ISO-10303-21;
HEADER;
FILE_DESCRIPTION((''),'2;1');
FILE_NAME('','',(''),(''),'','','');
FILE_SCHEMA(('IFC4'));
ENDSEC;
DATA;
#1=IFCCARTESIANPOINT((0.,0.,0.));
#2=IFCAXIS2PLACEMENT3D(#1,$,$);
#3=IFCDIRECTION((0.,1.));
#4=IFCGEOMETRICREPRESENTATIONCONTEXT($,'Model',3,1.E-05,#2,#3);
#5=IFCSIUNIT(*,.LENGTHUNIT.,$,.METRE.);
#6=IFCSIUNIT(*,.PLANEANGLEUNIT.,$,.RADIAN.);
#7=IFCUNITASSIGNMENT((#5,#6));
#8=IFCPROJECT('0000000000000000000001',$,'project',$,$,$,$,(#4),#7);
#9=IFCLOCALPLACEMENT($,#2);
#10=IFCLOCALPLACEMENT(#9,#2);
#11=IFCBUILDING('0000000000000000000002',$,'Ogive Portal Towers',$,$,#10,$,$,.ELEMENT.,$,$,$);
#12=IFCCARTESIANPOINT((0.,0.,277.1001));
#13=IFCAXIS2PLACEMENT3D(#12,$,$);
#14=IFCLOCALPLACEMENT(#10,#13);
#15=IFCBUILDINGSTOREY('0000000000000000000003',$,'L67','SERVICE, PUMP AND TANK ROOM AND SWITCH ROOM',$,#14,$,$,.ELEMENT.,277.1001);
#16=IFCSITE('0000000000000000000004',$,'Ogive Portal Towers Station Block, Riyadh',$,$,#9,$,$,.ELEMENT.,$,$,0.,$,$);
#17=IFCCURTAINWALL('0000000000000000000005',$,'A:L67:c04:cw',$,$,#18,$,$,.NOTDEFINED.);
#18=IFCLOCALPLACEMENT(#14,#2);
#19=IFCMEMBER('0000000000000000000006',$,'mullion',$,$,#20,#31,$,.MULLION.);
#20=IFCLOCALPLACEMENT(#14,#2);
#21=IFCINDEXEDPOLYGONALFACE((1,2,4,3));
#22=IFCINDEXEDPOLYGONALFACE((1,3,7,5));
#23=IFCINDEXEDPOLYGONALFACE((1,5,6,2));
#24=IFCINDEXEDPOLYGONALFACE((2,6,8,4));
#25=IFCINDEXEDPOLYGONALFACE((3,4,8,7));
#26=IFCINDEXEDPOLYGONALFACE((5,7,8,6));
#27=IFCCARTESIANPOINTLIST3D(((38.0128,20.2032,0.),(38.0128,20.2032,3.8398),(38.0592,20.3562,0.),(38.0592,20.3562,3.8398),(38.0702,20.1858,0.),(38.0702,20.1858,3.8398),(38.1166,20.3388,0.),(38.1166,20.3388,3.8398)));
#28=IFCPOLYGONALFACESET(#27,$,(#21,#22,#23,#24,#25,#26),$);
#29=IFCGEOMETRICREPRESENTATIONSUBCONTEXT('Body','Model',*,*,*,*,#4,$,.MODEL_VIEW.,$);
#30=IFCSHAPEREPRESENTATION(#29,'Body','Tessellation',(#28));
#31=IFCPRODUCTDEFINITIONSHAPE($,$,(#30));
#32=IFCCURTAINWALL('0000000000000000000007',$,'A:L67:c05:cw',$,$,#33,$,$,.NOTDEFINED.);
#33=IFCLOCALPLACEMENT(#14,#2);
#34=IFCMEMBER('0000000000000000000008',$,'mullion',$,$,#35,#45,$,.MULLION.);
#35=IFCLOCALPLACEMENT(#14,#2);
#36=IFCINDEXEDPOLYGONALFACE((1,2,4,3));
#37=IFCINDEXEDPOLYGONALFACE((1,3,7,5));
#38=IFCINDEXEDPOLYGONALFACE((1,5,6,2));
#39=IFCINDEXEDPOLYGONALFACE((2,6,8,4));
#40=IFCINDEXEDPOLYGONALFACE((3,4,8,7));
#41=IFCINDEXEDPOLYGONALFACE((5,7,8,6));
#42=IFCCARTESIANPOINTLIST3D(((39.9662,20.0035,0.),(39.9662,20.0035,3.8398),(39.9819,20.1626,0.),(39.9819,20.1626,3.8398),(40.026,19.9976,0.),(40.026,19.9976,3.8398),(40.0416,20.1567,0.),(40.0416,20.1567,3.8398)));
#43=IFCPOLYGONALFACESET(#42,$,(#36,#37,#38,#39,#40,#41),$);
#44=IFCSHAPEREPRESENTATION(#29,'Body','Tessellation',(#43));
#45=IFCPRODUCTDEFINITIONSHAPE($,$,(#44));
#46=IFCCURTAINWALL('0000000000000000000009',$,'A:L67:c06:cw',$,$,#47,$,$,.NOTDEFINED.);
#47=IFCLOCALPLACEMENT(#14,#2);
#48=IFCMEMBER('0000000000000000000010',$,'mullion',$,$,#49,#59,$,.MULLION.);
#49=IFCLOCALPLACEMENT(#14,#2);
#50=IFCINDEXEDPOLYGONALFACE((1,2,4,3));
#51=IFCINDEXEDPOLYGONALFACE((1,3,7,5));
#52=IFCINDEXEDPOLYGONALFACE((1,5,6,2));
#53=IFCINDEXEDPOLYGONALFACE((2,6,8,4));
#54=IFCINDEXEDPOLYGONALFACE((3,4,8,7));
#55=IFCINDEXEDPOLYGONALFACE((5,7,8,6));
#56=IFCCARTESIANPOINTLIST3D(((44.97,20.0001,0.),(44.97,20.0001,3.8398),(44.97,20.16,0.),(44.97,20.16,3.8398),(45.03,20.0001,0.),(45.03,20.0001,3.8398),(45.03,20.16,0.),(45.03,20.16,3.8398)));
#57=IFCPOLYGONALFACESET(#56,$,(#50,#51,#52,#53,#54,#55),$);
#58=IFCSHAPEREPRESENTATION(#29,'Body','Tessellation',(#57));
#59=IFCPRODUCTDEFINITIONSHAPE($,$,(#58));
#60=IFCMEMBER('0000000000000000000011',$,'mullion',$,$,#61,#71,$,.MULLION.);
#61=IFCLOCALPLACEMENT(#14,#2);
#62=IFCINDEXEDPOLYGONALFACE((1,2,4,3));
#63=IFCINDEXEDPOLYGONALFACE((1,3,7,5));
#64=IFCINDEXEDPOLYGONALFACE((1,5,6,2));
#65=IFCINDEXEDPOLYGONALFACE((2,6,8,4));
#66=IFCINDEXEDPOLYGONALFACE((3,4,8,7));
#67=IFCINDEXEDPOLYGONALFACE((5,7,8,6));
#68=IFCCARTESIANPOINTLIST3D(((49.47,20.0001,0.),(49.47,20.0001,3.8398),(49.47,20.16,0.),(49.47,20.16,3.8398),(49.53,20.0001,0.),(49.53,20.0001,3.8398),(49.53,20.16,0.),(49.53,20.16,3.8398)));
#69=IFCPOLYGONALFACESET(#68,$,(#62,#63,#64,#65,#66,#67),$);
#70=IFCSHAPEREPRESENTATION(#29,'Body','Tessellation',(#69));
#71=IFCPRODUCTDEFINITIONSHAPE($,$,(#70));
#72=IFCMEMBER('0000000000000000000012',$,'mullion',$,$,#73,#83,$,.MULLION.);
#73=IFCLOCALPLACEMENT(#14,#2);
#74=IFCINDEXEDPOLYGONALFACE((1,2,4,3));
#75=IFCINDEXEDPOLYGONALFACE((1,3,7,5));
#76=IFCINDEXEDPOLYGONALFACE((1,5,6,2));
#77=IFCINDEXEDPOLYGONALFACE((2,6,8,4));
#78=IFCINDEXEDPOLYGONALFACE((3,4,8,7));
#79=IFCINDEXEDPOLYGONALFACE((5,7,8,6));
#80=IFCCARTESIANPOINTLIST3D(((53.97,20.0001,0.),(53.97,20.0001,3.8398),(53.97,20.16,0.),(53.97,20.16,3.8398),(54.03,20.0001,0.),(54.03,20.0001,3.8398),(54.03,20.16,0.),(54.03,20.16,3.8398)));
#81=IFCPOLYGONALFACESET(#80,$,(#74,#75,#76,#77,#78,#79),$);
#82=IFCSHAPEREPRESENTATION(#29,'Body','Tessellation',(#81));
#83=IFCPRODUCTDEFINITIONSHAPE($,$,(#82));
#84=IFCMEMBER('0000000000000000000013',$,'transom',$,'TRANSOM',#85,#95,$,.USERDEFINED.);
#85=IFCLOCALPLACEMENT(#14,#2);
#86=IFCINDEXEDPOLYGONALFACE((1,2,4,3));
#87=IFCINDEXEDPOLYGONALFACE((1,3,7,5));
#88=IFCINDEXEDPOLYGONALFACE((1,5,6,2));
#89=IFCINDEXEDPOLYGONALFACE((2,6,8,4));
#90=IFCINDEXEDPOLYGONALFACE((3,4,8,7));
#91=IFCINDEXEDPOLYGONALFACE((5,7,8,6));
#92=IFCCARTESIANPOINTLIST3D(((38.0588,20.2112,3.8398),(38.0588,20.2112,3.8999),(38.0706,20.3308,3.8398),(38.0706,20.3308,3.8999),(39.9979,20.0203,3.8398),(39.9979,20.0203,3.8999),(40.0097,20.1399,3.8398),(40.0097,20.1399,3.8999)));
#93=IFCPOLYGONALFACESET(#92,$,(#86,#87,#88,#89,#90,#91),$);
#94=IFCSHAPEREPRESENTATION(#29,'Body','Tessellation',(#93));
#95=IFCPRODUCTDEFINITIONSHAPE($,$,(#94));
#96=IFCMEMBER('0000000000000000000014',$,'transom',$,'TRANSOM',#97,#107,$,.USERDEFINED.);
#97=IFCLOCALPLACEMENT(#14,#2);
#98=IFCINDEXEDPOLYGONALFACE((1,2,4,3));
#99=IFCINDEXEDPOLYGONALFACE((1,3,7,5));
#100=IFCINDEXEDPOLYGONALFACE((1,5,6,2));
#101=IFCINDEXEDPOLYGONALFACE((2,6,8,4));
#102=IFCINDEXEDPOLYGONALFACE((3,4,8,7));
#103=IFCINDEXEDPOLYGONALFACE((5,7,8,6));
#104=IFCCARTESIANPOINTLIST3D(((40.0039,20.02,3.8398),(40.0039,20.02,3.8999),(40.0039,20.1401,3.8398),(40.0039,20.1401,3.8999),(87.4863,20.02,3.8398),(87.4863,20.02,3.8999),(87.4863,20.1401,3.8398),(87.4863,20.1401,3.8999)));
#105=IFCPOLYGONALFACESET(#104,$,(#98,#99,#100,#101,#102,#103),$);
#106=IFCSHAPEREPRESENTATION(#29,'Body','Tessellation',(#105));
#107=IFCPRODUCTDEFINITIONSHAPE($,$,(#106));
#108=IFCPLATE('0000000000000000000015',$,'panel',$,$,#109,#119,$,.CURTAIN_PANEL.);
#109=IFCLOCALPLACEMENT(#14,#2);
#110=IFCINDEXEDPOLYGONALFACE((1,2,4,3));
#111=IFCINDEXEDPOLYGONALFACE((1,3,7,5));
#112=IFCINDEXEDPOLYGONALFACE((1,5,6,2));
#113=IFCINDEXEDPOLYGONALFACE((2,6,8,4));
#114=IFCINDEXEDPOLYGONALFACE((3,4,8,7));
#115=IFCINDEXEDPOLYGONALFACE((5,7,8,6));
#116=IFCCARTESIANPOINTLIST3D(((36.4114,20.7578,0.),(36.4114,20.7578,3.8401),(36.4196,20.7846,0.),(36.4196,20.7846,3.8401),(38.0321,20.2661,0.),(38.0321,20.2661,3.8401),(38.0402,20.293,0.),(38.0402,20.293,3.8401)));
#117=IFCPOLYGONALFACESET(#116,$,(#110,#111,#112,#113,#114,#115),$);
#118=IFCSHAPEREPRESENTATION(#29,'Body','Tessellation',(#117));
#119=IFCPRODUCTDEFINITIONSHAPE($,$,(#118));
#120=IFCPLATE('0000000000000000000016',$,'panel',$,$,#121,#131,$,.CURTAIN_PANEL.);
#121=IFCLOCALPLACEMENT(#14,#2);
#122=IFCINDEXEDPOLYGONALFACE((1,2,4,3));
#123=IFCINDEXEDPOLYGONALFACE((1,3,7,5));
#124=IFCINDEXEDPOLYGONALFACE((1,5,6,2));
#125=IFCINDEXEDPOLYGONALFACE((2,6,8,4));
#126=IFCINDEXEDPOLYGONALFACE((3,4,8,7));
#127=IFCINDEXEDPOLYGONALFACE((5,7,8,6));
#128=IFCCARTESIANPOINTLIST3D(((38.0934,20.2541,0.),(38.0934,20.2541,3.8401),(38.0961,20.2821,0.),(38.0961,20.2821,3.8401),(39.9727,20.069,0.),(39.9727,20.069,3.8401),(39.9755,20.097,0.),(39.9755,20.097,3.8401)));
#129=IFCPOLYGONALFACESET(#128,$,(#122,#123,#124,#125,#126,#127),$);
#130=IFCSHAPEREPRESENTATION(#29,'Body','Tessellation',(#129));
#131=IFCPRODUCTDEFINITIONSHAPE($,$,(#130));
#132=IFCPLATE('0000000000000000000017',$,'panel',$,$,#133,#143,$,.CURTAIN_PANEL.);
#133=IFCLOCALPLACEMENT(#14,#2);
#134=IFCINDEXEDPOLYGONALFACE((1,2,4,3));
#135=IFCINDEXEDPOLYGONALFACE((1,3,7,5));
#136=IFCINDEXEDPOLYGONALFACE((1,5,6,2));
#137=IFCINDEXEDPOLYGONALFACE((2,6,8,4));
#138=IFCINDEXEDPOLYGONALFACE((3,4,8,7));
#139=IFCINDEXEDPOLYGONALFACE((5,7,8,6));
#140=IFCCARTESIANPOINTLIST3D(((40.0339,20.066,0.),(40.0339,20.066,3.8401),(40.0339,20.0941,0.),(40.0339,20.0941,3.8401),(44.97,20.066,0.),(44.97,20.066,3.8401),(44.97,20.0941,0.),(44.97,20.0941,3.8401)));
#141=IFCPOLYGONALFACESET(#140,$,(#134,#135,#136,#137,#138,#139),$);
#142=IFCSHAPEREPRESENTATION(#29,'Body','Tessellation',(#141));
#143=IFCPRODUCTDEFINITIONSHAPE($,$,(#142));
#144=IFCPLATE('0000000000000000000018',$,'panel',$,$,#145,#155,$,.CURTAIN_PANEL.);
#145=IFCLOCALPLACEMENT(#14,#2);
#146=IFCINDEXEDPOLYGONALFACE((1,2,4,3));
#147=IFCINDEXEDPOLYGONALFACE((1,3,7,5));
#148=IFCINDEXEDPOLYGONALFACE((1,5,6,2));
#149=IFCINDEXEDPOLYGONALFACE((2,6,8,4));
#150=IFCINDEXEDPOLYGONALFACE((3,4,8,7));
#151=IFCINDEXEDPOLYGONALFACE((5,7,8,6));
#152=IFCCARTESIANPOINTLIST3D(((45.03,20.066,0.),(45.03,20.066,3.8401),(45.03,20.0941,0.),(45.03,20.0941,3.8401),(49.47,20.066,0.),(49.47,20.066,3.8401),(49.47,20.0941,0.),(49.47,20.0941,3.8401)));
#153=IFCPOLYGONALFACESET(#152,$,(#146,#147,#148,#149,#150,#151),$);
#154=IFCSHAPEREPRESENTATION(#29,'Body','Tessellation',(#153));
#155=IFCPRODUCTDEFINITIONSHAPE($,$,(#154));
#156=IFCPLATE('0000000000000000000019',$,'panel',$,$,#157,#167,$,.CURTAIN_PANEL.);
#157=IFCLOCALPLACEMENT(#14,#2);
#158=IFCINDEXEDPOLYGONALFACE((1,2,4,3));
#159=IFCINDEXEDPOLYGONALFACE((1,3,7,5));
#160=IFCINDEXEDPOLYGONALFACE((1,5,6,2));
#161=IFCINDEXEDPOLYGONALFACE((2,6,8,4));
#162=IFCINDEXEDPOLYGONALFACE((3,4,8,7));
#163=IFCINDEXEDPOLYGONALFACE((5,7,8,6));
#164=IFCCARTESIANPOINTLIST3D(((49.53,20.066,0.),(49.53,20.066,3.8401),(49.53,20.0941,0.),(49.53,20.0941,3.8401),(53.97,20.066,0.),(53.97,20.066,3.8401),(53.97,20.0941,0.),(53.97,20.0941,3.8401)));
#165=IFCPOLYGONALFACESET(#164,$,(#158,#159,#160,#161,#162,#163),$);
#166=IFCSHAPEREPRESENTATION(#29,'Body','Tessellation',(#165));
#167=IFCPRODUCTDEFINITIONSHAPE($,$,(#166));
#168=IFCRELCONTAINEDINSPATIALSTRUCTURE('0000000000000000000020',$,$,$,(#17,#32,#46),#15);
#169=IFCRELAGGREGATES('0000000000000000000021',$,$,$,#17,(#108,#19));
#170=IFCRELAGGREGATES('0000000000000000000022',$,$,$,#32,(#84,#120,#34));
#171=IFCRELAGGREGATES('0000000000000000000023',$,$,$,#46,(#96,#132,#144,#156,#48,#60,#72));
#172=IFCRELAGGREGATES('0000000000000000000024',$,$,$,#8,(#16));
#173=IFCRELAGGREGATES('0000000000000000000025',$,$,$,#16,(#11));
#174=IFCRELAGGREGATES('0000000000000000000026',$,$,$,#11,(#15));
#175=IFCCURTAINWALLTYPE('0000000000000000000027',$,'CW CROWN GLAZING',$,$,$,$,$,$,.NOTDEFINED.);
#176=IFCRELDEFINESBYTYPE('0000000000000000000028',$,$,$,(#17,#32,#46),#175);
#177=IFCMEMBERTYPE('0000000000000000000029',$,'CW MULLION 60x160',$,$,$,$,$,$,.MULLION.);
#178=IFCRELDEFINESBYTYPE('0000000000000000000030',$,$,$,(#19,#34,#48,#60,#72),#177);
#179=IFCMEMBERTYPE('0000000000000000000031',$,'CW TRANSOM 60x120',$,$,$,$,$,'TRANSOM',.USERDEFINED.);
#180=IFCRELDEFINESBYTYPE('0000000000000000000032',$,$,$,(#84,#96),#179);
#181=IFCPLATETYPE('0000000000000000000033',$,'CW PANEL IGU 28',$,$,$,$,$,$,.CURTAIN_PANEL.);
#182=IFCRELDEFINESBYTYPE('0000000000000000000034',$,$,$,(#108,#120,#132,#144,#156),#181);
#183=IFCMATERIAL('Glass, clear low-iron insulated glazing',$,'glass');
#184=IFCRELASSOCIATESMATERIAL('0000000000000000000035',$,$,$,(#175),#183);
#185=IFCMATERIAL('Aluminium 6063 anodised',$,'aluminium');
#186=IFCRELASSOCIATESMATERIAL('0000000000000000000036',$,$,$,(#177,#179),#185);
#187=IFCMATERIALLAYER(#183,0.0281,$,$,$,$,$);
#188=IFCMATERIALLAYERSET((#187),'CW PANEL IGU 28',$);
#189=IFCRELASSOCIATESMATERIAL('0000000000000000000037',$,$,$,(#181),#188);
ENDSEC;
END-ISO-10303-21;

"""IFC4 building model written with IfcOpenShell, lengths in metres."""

from ifc_helpers import new_model, si_unit, direction, frame, origin, origin_2d, place, context, subcontext, project, spatial, rectangle, extrude, material, layer, layer_set, material_profile, profile_set, type_object, element, aggregate, save


model = new_model("IFC4")

# Units and contexts
model_context = context("Model", 3, precision=1e-05, world=origin(), true_north=direction((0.0, 1.0)))
body_context = subcontext(model_context, "Body", "Model", "MODEL_VIEW")
ifc_project = project(units=[si_unit("LENGTHUNIT", "METRE"), si_unit("PLANEANGLEUNIT", "RADIAN")], contexts=[model_context])

# Site, building, storey
site_placement = place(None, origin())
site = spatial("IfcSite", under=ifc_project, at=site_placement, Name="Ogive Portal Towers Station Block, Riyadh", CompositionType="ELEMENT", RefElevation=0.0)
building_placement = place(site_placement, origin())
building = spatial("IfcBuilding", under=site, at=building_placement, Name="Ogive Portal Towers", CompositionType="ELEMENT")
storey_placement = place(building_placement, frame((0.0, 0.0, 277.1001)))
storey = spatial("IfcBuildingStorey", under=building, at=storey_placement, Name="L67", Description="SERVICE, PUMP AND TANK ROOM AND SWITCH ROOM", CompositionType="ELEMENT", Elevation=277.1001)

# Curtain walls, members
ifc_material_1 = material(Name="Glass, clear low-iron insulated glazing", Category="glass")
curtain_wall_type = type_object("IfcCurtainWallType", Name="CW CROWN GLAZING", PredefinedType="NOTDEFINED", material=ifc_material_1)
curtain_wall_1_placement = place(storey_placement, origin())
curtain_wall_1 = element("IfcCurtainWall", 1, at=curtain_wall_1_placement, inside=storey, type_object=curtain_wall_type, Name="A:L67:c04:cw", PredefinedType="NOTDEFINED")
ifc_material_2 = material(Name="Aluminium 6063 anodised", Category="aluminium")
ifc_material_profile_1 = material_profile(ifc_material_2, rectangle(XDim=0.1599, YDim=0.0601, at=origin_2d()), Name="AL 60x160")
ifc_profile_set_1 = profile_set([ifc_material_profile_1], Name="Aluminium 6063 anodised")
member_type_1 = type_object("IfcMemberType", Name="CW MULLION 60x160", PredefinedType="MULLION", material=ifc_profile_set_1)
member_1_placement = place(storey_placement, frame((38.0647, 20.271, 0.0), z_axis=(0.0, 0.0, 1.0), x_axis=(0.290285, 0.95694, 0.0)))
member_1 = element("IfcMember", 2, at=member_1_placement, type_object=member_type_1, Name="mullion", PredefinedType="MULLION", context=body_context, shape_type="SweptSolid", body=[
    extrude(rectangle(XDim=0.1599, YDim=0.0601, at=origin_2d()), origin(), (0.0, 0.0, 1.0), 3.8398),
])
curtain_wall_2_placement = place(storey_placement, origin())
curtain_wall_2 = element("IfcCurtainWall", 3, at=curtain_wall_2_placement, inside=storey, type_object=curtain_wall_type, Name="A:L67:c05:cw", PredefinedType="NOTDEFINED")
member_2_placement = place(storey_placement, frame((40.0039, 20.0801, 0.0), z_axis=(0.0, 0.0, 1.0), x_axis=(0.098017, 0.995185, 0.0)))
member_2 = element("IfcMember", 4, at=member_2_placement, type_object=member_type_1, Name="mullion", PredefinedType="MULLION", context=body_context, shape_type="SweptSolid", body=[
    extrude(rectangle(XDim=0.1599, YDim=0.0601, at=origin_2d()), origin(), (0.0, 0.0, 1.0), 3.8398),
])

# Curtain wall, members
curtain_wall_3_placement = place(storey_placement, origin())
curtain_wall_3 = element("IfcCurtainWall", 5, at=curtain_wall_3_placement, inside=storey, type_object=curtain_wall_type, Name="A:L67:c06:cw", PredefinedType="NOTDEFINED")
member_3_placement = place(storey_placement, frame((45.0, 20.0801, 0.0), z_axis=(0.0, 0.0, 1.0), x_axis=(0.0, 1.0, 0.0)))
member_3 = element("IfcMember", 6, at=member_3_placement, type_object=member_type_1, Name="mullion", PredefinedType="MULLION", context=body_context, shape_type="SweptSolid", body=[
    extrude(rectangle(XDim=0.1599, YDim=0.0601, at=origin_2d()), origin(), (0.0, 0.0, 1.0), 3.8398),
])
member_4_placement = place(storey_placement, frame((49.5, 20.0801, 0.0), z_axis=(0.0, 0.0, 1.0), x_axis=(0.0, 1.0, 0.0)))
member_4 = element("IfcMember", 7, at=member_4_placement, type_object=member_type_1, Name="mullion", PredefinedType="MULLION", context=body_context, shape_type="SweptSolid", body=[
    extrude(rectangle(XDim=0.1599, YDim=0.0601, at=origin_2d()), origin(), (0.0, 0.0, 1.0), 3.8398),
])
member_5_placement = place(storey_placement, frame((54.0, 20.0801, 0.0), z_axis=(0.0, 0.0, 1.0), x_axis=(0.0, 1.0, 0.0)))
member_5 = element("IfcMember", 8, at=member_5_placement, type_object=member_type_1, Name="mullion", PredefinedType="MULLION", context=body_context, shape_type="SweptSolid", body=[
    extrude(rectangle(XDim=0.1599, YDim=0.0601, at=origin_2d()), origin(), (0.0, 0.0, 1.0), 3.8398),
])

# Members
ifc_material_profile_2 = material_profile(ifc_material_2, rectangle(XDim=0.1201, YDim=0.0601, at=origin_2d()), Name="AL 120x60")
ifc_profile_set_2 = profile_set([ifc_material_profile_2], Name="Aluminium 6063 anodised")
member_type_2 = type_object("IfcMemberType", Name="CW TRANSOM 60x120", ElementType="TRANSOM", PredefinedType="USERDEFINED", material=ifc_profile_set_2)
member_6_placement = place(storey_placement, frame((38.0647, 20.271, 3.8699), z_axis=(0.995189, -0.097978, 0.0), x_axis=(0.097978, 0.995189, 0.0)))
member_6 = element("IfcMember", 9, at=member_6_placement, type_object=member_type_2, Name="transom", ObjectType="TRANSOM", PredefinedType="USERDEFINED", context=body_context, shape_type="SweptSolid", body=[
    extrude(rectangle(XDim=0.1201, YDim=0.0601, at=origin_2d()), origin(), (0.0, 0.0, 1.0), 1.9485),
])
member_7_placement = place(storey_placement, frame((40.0039, 20.0801, 3.8699), z_axis=(1.0, 0.0, 0.0), x_axis=(0.0, 1.0, 0.0)))
member_7 = element("IfcMember", 10, at=member_7_placement, type_object=member_type_2, Name="transom", ObjectType="TRANSOM", PredefinedType="USERDEFINED", context=body_context, shape_type="SweptSolid", body=[
    extrude(rectangle(XDim=0.1201, YDim=0.0601, at=origin_2d()), origin(), (0.0, 0.0, 1.0), 47.4824),
])

# Plates
ifc_layer_1 = layer(ifc_material_1, 0.0281)
ifc_layer_set_1 = layer_set([ifc_layer_1], Name="CW PANEL IGU 28")
plate_type = type_object("IfcPlateType", Name="CW PANEL IGU 28", PredefinedType="CURTAIN_PANEL", material=ifc_layer_set_1)
plate_1_placement = place(storey_placement, frame((37.2258, 20.5254, 0.0), z_axis=(0.0, 0.0, 1.0), x_axis=(0.95694, -0.290285, 0.0)))
plate_1 = element("IfcPlate", 11, at=plate_1_placement, type_object=plate_type, Name="panel", PredefinedType="CURTAIN_PANEL", context=body_context, shape_type="SweptSolid", body=[
    extrude(rectangle(XDim=1.6936, YDim=0.0281, at=origin_2d()), origin(), (0.0, 0.0, 1.0), 3.8401),
])
aggregate(curtain_wall_1, [plate_1, member_1])
plate_2_placement = place(storey_placement, frame((39.0344, 20.1755, 0.0), z_axis=(0.0, 0.0, 1.0), x_axis=(0.995185, -0.098017, 0.0)))
plate_2 = element("IfcPlate", 12, at=plate_2_placement, type_object=plate_type, Name="panel", PredefinedType="CURTAIN_PANEL", context=body_context, shape_type="SweptSolid", body=[
    extrude(rectangle(XDim=1.8884, YDim=0.0281, at=origin_2d()), origin(), (0.0, 0.0, 1.0), 3.8401),
])
aggregate(curtain_wall_2, [member_6, plate_2, member_2])
plate_3_placement = place(storey_placement, frame((42.502, 20.0801, 0.0), z_axis=(0.0, 0.0, 1.0), x_axis=(1.0, 0.0, 0.0)))
plate_3 = element("IfcPlate", 13, at=plate_3_placement, type_object=plate_type, Name="panel", PredefinedType="CURTAIN_PANEL", context=body_context, shape_type="SweptSolid", body=[
    extrude(rectangle(XDim=4.936, YDim=0.0281, at=origin_2d()), origin(), (0.0, 0.0, 1.0), 3.8401),
])
plate_4_placement = place(storey_placement, frame((47.25, 20.0801, 0.0), z_axis=(0.0, 0.0, 1.0), x_axis=(1.0, 0.0, 0.0)))
plate_4 = element("IfcPlate", 14, at=plate_4_placement, type_object=plate_type, Name="panel", PredefinedType="CURTAIN_PANEL", context=body_context, shape_type="SweptSolid", body=[
    extrude(rectangle(XDim=4.4399, YDim=0.0281, at=origin_2d()), origin(), (0.0, 0.0, 1.0), 3.8401),
])
plate_5_placement = place(storey_placement, frame((51.75, 20.0801, 0.0), z_axis=(0.0, 0.0, 1.0), x_axis=(1.0, 0.0, 0.0)))
plate_5 = element("IfcPlate", 15, at=plate_5_placement, type_object=plate_type, Name="panel", PredefinedType="CURTAIN_PANEL", context=body_context, shape_type="SweptSolid", body=[
    extrude(rectangle(XDim=4.4399, YDim=0.0281, at=origin_2d()), origin(), (0.0, 0.0, 1.0), 3.8401),
])
aggregate(curtain_wall_3, [member_7, plate_3, plate_4, plate_5, member_3, member_4, member_5])

save(model, "model.ifc")
